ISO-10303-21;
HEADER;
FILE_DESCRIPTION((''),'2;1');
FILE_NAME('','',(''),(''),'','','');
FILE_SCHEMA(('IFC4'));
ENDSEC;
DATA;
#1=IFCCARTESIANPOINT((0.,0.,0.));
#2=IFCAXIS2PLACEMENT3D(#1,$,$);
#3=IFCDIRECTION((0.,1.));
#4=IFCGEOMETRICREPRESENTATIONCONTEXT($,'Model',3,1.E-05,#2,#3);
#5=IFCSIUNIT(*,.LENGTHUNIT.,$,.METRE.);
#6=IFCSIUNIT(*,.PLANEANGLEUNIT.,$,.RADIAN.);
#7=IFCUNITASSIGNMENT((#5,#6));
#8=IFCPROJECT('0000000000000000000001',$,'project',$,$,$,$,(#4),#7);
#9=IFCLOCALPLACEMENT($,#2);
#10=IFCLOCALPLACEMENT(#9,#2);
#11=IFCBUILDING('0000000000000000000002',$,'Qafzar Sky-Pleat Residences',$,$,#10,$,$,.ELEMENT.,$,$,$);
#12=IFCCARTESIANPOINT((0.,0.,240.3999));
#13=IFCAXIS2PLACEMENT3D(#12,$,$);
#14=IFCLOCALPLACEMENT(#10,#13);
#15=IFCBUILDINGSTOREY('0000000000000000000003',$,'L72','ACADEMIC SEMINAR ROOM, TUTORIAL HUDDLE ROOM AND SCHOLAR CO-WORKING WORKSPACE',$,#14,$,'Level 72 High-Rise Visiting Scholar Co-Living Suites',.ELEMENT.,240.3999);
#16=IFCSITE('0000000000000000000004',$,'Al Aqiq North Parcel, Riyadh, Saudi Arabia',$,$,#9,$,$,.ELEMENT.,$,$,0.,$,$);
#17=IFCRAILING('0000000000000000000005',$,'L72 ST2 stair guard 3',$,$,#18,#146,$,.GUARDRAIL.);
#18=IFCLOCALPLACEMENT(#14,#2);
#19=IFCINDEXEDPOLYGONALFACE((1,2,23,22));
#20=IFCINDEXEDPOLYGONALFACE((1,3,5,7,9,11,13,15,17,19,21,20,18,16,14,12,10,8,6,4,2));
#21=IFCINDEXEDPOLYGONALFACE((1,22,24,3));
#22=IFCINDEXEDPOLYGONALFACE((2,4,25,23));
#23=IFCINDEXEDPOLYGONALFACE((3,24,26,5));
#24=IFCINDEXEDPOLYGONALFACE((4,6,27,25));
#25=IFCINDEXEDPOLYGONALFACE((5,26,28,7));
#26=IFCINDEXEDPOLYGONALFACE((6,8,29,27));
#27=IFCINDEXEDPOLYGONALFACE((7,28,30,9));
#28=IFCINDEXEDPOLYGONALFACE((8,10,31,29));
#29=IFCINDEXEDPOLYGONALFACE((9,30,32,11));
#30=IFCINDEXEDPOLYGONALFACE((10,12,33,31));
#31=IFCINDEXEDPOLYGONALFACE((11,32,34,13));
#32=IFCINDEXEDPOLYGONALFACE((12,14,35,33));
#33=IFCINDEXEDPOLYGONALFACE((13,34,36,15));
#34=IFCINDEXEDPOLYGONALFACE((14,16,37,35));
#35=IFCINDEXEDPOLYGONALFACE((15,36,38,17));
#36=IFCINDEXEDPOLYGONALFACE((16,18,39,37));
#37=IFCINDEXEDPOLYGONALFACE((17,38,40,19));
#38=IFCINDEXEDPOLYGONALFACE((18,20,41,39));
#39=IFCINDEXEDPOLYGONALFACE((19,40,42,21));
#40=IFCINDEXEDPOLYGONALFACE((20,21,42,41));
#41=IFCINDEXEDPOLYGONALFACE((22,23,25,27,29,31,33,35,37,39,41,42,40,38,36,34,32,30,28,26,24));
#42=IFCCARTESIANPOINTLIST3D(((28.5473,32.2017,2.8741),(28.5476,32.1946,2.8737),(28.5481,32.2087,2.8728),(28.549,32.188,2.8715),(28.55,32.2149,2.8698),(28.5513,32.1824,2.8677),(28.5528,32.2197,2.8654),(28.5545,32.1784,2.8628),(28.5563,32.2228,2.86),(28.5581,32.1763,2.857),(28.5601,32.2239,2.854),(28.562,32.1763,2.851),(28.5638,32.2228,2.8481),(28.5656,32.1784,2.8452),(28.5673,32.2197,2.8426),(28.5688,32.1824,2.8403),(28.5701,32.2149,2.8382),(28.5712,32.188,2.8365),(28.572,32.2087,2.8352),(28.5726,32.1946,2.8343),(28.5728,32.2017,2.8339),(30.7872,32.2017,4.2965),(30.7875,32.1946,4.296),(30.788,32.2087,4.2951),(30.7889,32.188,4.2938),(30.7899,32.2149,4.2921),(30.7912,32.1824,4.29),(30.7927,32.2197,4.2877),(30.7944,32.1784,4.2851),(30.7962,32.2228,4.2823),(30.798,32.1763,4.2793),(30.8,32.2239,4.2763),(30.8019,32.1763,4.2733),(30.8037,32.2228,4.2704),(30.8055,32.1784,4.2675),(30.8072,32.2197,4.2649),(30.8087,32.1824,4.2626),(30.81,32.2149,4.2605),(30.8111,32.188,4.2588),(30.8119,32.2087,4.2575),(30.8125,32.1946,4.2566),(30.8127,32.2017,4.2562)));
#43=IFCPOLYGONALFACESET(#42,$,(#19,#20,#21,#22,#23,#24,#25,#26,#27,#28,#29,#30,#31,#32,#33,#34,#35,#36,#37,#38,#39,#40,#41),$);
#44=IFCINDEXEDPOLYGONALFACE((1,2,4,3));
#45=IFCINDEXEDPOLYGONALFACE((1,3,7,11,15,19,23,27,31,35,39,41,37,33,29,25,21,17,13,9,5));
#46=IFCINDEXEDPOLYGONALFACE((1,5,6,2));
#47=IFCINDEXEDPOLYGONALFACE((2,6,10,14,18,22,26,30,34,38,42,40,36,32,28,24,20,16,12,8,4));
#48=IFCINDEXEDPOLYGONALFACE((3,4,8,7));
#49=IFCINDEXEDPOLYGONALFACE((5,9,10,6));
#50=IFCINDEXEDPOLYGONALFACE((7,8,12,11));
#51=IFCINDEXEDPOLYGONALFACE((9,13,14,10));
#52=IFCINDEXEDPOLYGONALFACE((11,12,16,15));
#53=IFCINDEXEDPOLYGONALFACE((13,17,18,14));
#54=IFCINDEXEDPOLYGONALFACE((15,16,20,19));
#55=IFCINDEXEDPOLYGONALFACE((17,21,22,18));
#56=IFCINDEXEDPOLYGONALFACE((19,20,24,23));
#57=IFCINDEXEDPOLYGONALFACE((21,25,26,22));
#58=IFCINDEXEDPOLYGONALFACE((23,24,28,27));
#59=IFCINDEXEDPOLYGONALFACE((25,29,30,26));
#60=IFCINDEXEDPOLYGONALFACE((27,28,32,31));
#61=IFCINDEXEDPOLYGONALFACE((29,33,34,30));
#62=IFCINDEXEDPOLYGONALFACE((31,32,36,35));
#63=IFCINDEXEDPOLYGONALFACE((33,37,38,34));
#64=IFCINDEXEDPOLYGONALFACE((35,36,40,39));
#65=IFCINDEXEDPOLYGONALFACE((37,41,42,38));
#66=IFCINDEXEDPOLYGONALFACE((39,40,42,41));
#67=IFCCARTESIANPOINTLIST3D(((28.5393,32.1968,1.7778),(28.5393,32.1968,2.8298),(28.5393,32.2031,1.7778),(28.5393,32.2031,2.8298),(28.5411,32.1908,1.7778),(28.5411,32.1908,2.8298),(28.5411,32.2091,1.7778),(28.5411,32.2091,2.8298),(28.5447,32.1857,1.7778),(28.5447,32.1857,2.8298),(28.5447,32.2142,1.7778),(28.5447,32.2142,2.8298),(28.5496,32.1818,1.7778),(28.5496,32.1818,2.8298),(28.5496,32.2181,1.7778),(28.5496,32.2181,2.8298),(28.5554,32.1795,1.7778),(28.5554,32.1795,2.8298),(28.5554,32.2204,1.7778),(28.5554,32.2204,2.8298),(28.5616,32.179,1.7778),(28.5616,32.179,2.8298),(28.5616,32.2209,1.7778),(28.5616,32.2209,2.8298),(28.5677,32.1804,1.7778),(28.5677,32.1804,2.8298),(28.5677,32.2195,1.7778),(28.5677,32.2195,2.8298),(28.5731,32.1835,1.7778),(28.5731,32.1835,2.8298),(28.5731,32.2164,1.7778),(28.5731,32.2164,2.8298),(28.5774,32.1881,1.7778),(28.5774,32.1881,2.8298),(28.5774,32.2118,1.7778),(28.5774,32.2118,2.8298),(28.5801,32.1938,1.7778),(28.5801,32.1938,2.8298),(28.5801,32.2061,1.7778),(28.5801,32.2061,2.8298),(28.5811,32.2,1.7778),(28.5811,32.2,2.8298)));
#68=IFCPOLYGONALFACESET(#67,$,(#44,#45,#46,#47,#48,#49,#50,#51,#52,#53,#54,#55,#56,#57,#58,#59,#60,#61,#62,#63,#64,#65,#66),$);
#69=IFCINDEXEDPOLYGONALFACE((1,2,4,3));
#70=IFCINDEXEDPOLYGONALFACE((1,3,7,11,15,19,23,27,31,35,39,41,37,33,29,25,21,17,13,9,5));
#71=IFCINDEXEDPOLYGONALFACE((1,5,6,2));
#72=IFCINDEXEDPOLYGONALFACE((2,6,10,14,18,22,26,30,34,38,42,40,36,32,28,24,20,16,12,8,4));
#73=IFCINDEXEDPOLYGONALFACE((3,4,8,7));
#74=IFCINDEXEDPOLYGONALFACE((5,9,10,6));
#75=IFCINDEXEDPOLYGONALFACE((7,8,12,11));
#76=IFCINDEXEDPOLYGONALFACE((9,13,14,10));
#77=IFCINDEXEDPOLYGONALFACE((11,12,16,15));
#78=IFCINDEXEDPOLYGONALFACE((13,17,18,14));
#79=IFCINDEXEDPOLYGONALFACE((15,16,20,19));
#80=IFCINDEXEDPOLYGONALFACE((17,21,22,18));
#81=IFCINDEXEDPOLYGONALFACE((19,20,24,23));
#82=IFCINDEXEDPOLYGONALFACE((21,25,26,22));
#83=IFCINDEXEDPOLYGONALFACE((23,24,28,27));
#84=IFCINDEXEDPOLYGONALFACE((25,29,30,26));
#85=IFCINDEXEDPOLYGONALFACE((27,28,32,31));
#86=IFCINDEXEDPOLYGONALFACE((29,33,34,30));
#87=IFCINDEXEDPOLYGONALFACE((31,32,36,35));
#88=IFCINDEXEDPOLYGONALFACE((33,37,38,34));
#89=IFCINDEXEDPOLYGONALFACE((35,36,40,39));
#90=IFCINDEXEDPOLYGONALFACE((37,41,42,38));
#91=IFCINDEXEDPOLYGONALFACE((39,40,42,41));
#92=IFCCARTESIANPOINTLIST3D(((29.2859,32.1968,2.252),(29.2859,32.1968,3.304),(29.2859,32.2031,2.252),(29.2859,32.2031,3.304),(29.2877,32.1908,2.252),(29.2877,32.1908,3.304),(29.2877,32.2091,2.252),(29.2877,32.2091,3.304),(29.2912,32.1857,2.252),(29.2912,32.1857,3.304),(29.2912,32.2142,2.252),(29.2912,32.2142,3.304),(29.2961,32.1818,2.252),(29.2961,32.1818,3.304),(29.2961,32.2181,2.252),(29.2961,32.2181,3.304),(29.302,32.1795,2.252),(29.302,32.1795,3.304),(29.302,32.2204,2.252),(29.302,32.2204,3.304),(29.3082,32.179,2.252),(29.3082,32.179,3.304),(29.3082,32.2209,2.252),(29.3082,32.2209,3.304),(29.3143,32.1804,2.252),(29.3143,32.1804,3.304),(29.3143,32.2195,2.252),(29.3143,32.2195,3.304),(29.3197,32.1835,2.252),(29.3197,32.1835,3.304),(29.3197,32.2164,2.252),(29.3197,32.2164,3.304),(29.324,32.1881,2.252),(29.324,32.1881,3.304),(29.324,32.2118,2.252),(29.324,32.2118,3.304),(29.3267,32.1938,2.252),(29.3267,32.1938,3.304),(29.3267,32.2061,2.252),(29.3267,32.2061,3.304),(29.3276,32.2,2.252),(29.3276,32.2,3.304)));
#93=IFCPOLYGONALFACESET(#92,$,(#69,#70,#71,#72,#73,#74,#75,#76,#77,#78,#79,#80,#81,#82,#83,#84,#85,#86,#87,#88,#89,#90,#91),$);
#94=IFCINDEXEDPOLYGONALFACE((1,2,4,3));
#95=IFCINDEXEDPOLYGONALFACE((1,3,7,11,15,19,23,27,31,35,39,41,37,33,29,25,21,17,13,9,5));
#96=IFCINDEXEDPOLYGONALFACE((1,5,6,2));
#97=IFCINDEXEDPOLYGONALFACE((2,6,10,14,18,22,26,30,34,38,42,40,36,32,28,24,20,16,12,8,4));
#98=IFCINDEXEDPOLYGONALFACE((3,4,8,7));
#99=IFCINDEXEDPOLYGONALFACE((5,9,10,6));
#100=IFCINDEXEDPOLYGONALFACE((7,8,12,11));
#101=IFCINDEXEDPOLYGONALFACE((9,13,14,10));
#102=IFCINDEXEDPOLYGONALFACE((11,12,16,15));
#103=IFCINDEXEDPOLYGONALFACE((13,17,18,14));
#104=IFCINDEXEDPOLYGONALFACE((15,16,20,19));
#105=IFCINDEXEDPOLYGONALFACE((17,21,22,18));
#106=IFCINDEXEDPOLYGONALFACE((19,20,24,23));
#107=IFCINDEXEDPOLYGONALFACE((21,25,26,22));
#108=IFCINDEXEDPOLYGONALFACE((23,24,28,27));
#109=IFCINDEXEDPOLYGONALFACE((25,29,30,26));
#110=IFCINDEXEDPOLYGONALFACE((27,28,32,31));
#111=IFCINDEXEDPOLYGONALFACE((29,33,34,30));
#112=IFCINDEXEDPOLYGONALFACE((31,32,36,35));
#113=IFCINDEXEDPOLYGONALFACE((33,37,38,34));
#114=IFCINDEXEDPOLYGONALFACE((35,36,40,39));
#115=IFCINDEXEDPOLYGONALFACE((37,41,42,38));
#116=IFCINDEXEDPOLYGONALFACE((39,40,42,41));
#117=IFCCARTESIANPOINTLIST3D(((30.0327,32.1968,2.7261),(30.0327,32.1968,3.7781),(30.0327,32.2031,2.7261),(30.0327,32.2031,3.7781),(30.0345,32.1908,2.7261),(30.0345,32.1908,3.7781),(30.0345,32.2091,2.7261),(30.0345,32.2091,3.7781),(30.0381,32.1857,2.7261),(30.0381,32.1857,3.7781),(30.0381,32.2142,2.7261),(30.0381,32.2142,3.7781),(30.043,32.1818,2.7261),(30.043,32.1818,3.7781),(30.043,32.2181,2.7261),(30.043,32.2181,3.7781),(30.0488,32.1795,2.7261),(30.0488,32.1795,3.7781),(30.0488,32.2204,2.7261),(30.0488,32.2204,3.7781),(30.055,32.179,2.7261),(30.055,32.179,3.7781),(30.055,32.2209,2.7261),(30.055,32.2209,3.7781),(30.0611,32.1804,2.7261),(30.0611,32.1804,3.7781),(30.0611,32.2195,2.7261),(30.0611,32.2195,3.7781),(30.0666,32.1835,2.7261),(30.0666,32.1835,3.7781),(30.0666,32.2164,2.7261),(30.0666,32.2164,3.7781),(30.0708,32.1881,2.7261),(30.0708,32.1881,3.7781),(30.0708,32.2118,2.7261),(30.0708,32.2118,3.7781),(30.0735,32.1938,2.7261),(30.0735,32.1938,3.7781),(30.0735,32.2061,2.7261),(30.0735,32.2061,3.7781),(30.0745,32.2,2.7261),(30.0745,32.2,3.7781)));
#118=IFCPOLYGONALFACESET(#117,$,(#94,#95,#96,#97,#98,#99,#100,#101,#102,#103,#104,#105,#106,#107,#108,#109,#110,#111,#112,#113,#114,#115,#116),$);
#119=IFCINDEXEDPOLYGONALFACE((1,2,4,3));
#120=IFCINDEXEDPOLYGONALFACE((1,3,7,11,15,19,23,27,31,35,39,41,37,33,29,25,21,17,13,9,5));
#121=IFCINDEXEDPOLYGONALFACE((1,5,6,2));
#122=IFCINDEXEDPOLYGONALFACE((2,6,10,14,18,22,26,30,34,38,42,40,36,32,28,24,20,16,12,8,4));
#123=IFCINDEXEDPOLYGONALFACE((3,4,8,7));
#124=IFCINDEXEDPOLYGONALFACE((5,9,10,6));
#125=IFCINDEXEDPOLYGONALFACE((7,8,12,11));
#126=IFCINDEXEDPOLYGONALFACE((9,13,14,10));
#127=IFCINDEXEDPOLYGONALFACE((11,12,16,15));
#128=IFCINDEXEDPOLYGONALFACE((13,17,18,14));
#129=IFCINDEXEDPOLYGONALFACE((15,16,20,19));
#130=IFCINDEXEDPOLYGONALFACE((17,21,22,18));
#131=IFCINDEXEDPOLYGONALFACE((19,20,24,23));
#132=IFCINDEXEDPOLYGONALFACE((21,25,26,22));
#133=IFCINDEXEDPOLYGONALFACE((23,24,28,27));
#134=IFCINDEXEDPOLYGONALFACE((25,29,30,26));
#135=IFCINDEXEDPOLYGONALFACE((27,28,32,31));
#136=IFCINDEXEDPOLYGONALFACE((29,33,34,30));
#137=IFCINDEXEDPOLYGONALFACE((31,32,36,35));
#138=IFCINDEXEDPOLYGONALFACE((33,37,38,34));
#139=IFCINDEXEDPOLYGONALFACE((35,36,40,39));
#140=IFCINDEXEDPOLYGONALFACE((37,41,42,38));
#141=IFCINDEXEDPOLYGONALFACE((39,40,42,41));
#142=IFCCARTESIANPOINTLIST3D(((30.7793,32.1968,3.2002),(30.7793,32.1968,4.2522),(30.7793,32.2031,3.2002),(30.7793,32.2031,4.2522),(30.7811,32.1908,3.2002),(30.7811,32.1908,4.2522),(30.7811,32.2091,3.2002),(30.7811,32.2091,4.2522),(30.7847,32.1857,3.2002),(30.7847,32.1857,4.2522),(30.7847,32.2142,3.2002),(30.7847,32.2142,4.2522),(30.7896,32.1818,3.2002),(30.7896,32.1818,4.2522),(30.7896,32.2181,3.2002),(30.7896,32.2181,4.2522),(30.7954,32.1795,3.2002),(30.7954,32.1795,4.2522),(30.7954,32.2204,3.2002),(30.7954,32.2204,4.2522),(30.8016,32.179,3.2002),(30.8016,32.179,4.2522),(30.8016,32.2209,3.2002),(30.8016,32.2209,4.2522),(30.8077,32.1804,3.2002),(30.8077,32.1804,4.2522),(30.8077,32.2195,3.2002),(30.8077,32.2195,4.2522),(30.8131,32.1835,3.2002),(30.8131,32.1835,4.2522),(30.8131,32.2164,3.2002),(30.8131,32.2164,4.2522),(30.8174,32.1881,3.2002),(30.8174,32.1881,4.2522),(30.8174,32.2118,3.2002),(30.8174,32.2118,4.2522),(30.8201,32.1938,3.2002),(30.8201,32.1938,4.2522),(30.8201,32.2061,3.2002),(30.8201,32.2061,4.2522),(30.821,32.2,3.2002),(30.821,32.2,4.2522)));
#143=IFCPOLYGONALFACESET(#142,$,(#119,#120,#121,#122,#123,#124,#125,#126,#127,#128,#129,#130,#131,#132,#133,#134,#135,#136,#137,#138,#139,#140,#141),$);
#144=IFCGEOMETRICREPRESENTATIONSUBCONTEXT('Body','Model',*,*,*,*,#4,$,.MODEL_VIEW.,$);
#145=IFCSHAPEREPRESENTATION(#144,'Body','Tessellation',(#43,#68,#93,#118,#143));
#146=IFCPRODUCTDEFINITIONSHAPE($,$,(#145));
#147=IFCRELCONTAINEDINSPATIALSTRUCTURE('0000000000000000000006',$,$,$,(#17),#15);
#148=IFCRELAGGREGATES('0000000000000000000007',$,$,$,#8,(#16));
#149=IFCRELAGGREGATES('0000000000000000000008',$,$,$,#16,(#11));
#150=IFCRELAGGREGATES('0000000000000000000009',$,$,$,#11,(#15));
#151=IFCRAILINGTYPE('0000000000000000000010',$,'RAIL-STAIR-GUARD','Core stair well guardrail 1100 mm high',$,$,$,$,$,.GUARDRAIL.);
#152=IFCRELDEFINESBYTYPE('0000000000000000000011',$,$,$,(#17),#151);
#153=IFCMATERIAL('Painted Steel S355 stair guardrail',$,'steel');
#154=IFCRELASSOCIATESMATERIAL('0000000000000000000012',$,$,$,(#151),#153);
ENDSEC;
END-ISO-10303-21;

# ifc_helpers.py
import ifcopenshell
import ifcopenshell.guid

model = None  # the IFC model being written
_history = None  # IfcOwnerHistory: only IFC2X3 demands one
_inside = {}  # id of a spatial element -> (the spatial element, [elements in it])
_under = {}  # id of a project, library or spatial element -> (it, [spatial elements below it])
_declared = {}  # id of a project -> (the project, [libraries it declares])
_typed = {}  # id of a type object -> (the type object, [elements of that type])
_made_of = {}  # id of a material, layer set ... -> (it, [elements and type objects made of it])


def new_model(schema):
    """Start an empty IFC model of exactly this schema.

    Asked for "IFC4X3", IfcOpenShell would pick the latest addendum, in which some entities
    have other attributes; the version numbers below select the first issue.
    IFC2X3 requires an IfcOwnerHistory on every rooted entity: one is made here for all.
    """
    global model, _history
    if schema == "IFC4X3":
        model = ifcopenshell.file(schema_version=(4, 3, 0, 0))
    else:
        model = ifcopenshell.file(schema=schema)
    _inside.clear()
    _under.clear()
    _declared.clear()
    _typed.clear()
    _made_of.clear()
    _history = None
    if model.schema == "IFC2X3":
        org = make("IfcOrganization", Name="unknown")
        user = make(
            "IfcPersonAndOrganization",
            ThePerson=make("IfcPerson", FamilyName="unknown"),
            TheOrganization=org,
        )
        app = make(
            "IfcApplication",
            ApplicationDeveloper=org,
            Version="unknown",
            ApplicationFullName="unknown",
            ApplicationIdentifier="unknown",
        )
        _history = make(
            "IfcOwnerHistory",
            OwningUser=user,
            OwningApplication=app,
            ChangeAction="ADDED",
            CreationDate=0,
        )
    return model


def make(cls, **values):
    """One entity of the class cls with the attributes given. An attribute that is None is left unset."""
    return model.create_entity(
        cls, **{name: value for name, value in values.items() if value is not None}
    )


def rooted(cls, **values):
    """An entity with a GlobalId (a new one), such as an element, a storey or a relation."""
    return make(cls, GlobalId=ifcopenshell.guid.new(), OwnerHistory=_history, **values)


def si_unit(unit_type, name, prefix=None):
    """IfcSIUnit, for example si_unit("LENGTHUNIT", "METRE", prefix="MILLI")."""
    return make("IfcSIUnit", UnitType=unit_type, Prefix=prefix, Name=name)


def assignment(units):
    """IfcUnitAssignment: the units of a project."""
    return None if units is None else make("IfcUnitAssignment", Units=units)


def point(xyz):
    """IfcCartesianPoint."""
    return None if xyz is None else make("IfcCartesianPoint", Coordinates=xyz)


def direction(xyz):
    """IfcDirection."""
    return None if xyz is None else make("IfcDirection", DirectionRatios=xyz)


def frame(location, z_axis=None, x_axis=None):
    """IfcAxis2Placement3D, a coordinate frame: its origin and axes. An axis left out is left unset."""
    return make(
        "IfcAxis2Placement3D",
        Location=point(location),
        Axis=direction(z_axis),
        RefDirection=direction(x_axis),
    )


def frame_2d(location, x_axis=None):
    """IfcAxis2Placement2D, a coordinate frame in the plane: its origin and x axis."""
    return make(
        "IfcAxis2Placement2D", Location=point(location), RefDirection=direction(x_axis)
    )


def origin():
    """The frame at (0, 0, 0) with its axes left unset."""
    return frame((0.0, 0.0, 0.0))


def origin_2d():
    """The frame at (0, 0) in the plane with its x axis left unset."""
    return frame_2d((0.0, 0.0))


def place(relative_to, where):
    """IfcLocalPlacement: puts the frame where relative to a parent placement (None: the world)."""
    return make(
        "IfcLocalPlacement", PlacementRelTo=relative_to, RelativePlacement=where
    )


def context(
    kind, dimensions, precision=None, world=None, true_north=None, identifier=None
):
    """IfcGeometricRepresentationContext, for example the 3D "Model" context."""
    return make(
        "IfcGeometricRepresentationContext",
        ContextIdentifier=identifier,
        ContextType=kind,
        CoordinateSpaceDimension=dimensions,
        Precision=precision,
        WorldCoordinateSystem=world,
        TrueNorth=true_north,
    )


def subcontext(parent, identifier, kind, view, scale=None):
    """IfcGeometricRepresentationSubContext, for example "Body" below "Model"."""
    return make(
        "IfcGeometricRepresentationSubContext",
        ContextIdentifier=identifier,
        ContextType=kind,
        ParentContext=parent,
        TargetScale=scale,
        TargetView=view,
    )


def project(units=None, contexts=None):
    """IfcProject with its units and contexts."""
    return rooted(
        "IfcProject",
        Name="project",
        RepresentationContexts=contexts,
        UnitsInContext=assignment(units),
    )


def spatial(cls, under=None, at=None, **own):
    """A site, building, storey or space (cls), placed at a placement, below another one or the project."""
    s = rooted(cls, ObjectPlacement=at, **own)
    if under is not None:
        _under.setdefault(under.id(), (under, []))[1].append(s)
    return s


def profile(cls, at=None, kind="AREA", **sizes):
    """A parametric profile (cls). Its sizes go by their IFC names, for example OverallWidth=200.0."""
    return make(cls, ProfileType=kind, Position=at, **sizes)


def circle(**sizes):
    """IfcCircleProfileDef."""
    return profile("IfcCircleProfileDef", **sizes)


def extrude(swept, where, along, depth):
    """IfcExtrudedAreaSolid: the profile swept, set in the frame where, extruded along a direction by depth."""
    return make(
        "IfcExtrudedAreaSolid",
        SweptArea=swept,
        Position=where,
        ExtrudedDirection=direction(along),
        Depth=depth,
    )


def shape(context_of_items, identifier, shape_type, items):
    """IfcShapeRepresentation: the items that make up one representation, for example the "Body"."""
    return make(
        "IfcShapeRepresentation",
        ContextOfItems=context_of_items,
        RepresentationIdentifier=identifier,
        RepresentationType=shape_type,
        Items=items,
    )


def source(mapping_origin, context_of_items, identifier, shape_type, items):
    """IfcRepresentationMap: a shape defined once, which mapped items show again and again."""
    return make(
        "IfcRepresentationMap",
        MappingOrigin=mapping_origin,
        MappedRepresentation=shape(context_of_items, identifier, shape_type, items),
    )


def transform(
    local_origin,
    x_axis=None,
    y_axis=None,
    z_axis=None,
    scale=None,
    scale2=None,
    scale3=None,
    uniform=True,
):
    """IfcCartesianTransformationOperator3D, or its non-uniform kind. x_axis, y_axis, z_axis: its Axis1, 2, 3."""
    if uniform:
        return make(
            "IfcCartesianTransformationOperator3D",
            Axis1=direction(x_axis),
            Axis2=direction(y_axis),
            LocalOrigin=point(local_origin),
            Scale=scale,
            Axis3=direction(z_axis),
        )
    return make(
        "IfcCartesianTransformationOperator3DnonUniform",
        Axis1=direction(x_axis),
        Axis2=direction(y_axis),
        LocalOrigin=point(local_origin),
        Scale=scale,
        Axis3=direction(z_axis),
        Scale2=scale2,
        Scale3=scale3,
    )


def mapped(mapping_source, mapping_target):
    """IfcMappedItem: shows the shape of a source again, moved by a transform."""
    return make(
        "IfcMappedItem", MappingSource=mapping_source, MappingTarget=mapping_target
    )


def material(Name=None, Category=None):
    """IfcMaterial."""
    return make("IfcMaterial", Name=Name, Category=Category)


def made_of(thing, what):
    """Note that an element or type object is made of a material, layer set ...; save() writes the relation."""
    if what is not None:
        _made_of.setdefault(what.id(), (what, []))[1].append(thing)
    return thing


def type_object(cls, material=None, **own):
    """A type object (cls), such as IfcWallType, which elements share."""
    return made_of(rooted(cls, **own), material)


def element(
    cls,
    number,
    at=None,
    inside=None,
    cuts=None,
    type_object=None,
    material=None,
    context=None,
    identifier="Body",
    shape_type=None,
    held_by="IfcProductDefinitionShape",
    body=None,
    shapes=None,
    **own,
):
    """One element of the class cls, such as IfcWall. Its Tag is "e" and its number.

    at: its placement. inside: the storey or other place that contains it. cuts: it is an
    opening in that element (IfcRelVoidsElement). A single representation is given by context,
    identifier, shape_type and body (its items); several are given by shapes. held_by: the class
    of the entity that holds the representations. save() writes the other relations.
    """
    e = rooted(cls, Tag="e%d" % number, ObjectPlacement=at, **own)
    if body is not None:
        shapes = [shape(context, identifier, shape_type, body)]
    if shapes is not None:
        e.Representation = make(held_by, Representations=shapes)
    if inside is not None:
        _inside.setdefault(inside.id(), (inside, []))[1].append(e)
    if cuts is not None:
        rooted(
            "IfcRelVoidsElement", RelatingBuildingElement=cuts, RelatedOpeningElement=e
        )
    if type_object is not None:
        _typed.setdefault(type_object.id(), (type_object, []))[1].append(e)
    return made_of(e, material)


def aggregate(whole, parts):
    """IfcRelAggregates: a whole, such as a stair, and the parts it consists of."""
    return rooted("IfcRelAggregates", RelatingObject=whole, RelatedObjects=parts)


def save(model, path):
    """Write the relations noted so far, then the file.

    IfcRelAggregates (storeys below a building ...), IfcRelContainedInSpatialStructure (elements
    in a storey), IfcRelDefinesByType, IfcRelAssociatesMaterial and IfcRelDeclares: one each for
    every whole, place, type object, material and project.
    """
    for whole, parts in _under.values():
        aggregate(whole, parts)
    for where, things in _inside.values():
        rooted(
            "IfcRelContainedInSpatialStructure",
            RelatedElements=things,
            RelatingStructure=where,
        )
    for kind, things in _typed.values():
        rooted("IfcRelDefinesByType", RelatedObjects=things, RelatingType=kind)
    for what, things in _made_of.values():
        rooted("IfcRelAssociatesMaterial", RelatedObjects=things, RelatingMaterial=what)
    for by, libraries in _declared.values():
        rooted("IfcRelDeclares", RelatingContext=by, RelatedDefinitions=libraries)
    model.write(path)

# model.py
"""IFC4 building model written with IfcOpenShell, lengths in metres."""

from ifc_helpers import new_model, si_unit, direction, frame, origin, origin_2d, place, context, subcontext, project, spatial, circle, extrude, source, transform, mapped, material, type_object, element, save


model = new_model("IFC4")

# Units and contexts
model_context = context("Model", 3, precision=1e-05, world=origin(), true_north=direction((0.0, 1.0)))
body_context = subcontext(model_context, "Body", "Model", "MODEL_VIEW")
ifc_project = project(units=[si_unit("LENGTHUNIT", "METRE"), si_unit("PLANEANGLEUNIT", "RADIAN")], contexts=[model_context])

# Site, building, storey
site_placement = place(None, origin())
site = spatial("IfcSite", under=ifc_project, at=site_placement, Name="Al Aqiq North Parcel, Riyadh, Saudi Arabia", CompositionType="ELEMENT", RefElevation=0.0)
building_placement = place(site_placement, origin())
building = spatial("IfcBuilding", under=site, at=building_placement, Name="Qafzar Sky-Pleat Residences", CompositionType="ELEMENT")
storey_placement = place(building_placement, frame((0.0, 0.0, 240.3999)))
storey = spatial("IfcBuildingStorey", under=building, at=storey_placement, Name="L72", Description="ACADEMIC SEMINAR ROOM, TUTORIAL HUDDLE ROOM AND SCHOLAR CO-WORKING WORKSPACE", LongName="Level 72 High-Rise Visiting Scholar Co-Living Suites", CompositionType="ELEMENT", Elevation=240.3999)

# Railing
ifc_material_1 = material(Name="Painted Steel S355 stair guardrail", Category="steel")
railing_type_1 = type_object("IfcRailingType", Name="RAIL-STAIR-GUARD", Description="Core stair well guardrail 1100 mm high", PredefinedType="GUARDRAIL", material=ifc_material_1)
shared_shape_1 = source(origin(), body_context, "Body", "SweptSolid", [
    extrude(circle(Radius=0.0239, at=origin_2d()), frame((0.0, 0.0, 1.0762), z_axis=(0.844188, 0.0, 0.536048), x_axis=(0.0, 1.0, 0.0)), (0.0, 0.0, 1.0), 2.6533),
    extrude(circle(Radius=0.021, at=origin_2d()), origin(), (0.0, 0.0, 1.0), 1.052),
    extrude(circle(Radius=0.021, at=origin_2d()), frame((0.7466, 0.0, 0.4741)), (0.0, 0.0, 1.0), 1.052),
    extrude(circle(Radius=0.021, at=origin_2d()), frame((1.4934, 0.0, 0.9482)), (0.0, 0.0, 1.0), 1.052),
    extrude(circle(Radius=0.021, at=origin_2d()), frame((2.24, 0.0, 1.4224)), (0.0, 0.0, 1.0), 1.052),
])
railing_1_placement = place(storey_placement, frame((28.5601, 32.2, 1.7778)))
element("IfcRailing", 1, at=railing_1_placement, inside=storey, type_object=railing_type_1, Name="L72 ST2 stair guard 3", PredefinedType="GUARDRAIL", context=body_context, shape_type="MappedRepresentation", body=[
    mapped(shared_shape_1, transform((0.0, 0.0, 0.0), x_axis=(1.0, 0.0, 0.0), y_axis=(0.0, 1.0, 0.0), z_axis=(0.0, 0.0, 1.0), scale=1.0)),
])

save(model, "model.ifc")
